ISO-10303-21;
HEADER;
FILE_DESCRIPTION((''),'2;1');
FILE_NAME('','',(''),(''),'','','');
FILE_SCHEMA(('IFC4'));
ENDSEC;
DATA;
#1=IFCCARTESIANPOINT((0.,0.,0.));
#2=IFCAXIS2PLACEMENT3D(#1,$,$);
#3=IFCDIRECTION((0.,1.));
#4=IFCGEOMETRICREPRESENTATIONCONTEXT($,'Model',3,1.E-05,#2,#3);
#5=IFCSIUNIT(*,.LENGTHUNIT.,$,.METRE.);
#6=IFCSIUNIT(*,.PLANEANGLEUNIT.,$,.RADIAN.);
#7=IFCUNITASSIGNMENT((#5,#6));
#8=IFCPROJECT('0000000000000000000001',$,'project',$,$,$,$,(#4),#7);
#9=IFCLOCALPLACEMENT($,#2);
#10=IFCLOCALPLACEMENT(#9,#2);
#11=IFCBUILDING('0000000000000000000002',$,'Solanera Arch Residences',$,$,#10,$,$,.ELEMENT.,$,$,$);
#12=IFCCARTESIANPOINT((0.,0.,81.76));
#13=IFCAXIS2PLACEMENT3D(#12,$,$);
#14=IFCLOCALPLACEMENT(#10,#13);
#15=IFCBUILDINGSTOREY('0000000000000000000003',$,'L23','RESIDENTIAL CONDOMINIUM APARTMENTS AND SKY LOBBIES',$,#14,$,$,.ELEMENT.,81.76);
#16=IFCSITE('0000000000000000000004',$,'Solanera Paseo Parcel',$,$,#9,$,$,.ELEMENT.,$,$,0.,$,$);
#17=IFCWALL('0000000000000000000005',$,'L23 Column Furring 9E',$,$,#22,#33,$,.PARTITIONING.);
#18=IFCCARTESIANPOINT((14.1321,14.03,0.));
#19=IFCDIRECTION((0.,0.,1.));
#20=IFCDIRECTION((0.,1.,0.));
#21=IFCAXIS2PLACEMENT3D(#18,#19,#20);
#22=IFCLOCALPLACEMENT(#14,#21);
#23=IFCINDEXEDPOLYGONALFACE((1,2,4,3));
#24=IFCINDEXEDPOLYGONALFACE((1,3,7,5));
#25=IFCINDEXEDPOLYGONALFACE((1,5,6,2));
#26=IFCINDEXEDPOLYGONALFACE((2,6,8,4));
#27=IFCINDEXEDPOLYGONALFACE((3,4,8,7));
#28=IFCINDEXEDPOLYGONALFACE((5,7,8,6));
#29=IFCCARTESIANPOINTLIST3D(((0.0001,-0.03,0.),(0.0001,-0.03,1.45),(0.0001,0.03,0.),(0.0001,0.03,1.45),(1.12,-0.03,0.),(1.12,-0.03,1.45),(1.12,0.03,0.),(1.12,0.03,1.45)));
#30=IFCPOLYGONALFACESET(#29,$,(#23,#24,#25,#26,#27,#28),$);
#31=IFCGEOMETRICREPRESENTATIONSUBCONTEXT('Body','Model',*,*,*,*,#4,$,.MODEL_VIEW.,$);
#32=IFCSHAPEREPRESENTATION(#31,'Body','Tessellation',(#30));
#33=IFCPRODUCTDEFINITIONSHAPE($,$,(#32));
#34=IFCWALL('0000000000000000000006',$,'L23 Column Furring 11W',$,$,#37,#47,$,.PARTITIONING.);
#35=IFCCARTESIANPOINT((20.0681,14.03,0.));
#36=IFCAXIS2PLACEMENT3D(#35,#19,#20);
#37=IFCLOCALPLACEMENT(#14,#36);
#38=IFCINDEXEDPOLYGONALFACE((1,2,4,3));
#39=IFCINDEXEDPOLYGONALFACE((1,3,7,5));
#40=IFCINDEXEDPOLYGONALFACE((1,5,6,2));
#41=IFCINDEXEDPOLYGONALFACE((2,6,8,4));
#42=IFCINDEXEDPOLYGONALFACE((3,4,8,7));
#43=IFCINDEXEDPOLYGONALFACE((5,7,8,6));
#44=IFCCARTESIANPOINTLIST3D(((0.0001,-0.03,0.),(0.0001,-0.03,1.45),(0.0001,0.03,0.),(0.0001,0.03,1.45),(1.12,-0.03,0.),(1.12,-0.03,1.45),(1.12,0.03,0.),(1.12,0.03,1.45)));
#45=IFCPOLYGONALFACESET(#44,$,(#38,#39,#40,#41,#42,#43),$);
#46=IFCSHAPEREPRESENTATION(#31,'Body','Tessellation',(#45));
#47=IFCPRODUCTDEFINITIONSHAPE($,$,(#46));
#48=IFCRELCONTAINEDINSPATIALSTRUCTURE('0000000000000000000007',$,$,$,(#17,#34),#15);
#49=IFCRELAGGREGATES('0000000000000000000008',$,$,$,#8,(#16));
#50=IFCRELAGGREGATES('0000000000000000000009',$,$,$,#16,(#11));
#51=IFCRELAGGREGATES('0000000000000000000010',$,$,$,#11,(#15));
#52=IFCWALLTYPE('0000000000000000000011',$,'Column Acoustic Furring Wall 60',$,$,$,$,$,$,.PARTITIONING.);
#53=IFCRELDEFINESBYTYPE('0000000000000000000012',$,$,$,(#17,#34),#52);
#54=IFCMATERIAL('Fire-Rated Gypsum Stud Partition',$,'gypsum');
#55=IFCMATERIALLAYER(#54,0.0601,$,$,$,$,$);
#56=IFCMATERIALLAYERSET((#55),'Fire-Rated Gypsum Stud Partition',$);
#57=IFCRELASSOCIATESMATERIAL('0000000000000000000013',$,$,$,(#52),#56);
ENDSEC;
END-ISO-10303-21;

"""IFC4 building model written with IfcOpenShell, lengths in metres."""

from ifc_helpers import new_model, si_unit, direction, frame, frame_2d, origin, place, context, subcontext, project, spatial, rectangle, extrude, material, layer, layer_set, type_object, element, save


model = new_model("IFC4")

# Units and contexts
model_context = context("Model", 3, precision=1e-05, world=origin(), true_north=direction((0.0, 1.0)))
body_context = subcontext(model_context, "Body", "Model", "MODEL_VIEW")
ifc_project = project(units=[si_unit("LENGTHUNIT", "METRE"), si_unit("PLANEANGLEUNIT", "RADIAN")], contexts=[model_context])

# Site, building, storey
site_placement = place(None, origin())
site = spatial("IfcSite", under=ifc_project, at=site_placement, Name="Solanera Paseo Parcel", CompositionType="ELEMENT", RefElevation=0.0)
building_placement = place(site_placement, origin())
building = spatial("IfcBuilding", under=site, at=building_placement, Name="Solanera Arch Residences", CompositionType="ELEMENT")
storey_placement = place(building_placement, frame((0.0, 0.0, 81.76)))
storey = spatial("IfcBuildingStorey", under=building, at=storey_placement, Name="L23", Description="RESIDENTIAL CONDOMINIUM APARTMENTS AND SKY LOBBIES", CompositionType="ELEMENT", Elevation=81.76)

# Walls
ifc_material_1 = material(Name="Fire-Rated Gypsum Stud Partition", Category="gypsum")
ifc_layer_1 = layer(ifc_material_1, 0.0601)
ifc_layer_set_1 = layer_set([ifc_layer_1], Name="Fire-Rated Gypsum Stud Partition")
wall_type_1 = type_object("IfcWallType", Name="Column Acoustic Furring Wall 60", PredefinedType="PARTITIONING", material=ifc_layer_set_1)
wall_1_placement = place(storey_placement, frame((14.1321, 14.03, 0.0), z_axis=(0.0, 0.0, 1.0), x_axis=(0.0, 1.0, 0.0)))
element("IfcWall", 1, at=wall_1_placement, inside=storey, type_object=wall_type_1, Name="L23 Column Furring 9E", PredefinedType="PARTITIONING", context=body_context, shape_type="SweptSolid", body=[
    extrude(rectangle(XDim=1.1199, YDim=0.0601, at=frame_2d((0.5601, 0.0))), origin(), (0.0, 0.0, 1.0), 1.45),
])
wall_2_placement = place(storey_placement, frame((20.0681, 14.03, 0.0), z_axis=(0.0, 0.0, 1.0), x_axis=(0.0, 1.0, 0.0)))
element("IfcWall", 2, at=wall_2_placement, inside=storey, type_object=wall_type_1, Name="L23 Column Furring 11W", PredefinedType="PARTITIONING", context=body_context, shape_type="SweptSolid", body=[
    extrude(rectangle(XDim=1.1199, YDim=0.0601, at=frame_2d((0.5601, 0.0))), origin(), (0.0, 0.0, 1.0), 1.45),
])

save(model, "model.ifc")
